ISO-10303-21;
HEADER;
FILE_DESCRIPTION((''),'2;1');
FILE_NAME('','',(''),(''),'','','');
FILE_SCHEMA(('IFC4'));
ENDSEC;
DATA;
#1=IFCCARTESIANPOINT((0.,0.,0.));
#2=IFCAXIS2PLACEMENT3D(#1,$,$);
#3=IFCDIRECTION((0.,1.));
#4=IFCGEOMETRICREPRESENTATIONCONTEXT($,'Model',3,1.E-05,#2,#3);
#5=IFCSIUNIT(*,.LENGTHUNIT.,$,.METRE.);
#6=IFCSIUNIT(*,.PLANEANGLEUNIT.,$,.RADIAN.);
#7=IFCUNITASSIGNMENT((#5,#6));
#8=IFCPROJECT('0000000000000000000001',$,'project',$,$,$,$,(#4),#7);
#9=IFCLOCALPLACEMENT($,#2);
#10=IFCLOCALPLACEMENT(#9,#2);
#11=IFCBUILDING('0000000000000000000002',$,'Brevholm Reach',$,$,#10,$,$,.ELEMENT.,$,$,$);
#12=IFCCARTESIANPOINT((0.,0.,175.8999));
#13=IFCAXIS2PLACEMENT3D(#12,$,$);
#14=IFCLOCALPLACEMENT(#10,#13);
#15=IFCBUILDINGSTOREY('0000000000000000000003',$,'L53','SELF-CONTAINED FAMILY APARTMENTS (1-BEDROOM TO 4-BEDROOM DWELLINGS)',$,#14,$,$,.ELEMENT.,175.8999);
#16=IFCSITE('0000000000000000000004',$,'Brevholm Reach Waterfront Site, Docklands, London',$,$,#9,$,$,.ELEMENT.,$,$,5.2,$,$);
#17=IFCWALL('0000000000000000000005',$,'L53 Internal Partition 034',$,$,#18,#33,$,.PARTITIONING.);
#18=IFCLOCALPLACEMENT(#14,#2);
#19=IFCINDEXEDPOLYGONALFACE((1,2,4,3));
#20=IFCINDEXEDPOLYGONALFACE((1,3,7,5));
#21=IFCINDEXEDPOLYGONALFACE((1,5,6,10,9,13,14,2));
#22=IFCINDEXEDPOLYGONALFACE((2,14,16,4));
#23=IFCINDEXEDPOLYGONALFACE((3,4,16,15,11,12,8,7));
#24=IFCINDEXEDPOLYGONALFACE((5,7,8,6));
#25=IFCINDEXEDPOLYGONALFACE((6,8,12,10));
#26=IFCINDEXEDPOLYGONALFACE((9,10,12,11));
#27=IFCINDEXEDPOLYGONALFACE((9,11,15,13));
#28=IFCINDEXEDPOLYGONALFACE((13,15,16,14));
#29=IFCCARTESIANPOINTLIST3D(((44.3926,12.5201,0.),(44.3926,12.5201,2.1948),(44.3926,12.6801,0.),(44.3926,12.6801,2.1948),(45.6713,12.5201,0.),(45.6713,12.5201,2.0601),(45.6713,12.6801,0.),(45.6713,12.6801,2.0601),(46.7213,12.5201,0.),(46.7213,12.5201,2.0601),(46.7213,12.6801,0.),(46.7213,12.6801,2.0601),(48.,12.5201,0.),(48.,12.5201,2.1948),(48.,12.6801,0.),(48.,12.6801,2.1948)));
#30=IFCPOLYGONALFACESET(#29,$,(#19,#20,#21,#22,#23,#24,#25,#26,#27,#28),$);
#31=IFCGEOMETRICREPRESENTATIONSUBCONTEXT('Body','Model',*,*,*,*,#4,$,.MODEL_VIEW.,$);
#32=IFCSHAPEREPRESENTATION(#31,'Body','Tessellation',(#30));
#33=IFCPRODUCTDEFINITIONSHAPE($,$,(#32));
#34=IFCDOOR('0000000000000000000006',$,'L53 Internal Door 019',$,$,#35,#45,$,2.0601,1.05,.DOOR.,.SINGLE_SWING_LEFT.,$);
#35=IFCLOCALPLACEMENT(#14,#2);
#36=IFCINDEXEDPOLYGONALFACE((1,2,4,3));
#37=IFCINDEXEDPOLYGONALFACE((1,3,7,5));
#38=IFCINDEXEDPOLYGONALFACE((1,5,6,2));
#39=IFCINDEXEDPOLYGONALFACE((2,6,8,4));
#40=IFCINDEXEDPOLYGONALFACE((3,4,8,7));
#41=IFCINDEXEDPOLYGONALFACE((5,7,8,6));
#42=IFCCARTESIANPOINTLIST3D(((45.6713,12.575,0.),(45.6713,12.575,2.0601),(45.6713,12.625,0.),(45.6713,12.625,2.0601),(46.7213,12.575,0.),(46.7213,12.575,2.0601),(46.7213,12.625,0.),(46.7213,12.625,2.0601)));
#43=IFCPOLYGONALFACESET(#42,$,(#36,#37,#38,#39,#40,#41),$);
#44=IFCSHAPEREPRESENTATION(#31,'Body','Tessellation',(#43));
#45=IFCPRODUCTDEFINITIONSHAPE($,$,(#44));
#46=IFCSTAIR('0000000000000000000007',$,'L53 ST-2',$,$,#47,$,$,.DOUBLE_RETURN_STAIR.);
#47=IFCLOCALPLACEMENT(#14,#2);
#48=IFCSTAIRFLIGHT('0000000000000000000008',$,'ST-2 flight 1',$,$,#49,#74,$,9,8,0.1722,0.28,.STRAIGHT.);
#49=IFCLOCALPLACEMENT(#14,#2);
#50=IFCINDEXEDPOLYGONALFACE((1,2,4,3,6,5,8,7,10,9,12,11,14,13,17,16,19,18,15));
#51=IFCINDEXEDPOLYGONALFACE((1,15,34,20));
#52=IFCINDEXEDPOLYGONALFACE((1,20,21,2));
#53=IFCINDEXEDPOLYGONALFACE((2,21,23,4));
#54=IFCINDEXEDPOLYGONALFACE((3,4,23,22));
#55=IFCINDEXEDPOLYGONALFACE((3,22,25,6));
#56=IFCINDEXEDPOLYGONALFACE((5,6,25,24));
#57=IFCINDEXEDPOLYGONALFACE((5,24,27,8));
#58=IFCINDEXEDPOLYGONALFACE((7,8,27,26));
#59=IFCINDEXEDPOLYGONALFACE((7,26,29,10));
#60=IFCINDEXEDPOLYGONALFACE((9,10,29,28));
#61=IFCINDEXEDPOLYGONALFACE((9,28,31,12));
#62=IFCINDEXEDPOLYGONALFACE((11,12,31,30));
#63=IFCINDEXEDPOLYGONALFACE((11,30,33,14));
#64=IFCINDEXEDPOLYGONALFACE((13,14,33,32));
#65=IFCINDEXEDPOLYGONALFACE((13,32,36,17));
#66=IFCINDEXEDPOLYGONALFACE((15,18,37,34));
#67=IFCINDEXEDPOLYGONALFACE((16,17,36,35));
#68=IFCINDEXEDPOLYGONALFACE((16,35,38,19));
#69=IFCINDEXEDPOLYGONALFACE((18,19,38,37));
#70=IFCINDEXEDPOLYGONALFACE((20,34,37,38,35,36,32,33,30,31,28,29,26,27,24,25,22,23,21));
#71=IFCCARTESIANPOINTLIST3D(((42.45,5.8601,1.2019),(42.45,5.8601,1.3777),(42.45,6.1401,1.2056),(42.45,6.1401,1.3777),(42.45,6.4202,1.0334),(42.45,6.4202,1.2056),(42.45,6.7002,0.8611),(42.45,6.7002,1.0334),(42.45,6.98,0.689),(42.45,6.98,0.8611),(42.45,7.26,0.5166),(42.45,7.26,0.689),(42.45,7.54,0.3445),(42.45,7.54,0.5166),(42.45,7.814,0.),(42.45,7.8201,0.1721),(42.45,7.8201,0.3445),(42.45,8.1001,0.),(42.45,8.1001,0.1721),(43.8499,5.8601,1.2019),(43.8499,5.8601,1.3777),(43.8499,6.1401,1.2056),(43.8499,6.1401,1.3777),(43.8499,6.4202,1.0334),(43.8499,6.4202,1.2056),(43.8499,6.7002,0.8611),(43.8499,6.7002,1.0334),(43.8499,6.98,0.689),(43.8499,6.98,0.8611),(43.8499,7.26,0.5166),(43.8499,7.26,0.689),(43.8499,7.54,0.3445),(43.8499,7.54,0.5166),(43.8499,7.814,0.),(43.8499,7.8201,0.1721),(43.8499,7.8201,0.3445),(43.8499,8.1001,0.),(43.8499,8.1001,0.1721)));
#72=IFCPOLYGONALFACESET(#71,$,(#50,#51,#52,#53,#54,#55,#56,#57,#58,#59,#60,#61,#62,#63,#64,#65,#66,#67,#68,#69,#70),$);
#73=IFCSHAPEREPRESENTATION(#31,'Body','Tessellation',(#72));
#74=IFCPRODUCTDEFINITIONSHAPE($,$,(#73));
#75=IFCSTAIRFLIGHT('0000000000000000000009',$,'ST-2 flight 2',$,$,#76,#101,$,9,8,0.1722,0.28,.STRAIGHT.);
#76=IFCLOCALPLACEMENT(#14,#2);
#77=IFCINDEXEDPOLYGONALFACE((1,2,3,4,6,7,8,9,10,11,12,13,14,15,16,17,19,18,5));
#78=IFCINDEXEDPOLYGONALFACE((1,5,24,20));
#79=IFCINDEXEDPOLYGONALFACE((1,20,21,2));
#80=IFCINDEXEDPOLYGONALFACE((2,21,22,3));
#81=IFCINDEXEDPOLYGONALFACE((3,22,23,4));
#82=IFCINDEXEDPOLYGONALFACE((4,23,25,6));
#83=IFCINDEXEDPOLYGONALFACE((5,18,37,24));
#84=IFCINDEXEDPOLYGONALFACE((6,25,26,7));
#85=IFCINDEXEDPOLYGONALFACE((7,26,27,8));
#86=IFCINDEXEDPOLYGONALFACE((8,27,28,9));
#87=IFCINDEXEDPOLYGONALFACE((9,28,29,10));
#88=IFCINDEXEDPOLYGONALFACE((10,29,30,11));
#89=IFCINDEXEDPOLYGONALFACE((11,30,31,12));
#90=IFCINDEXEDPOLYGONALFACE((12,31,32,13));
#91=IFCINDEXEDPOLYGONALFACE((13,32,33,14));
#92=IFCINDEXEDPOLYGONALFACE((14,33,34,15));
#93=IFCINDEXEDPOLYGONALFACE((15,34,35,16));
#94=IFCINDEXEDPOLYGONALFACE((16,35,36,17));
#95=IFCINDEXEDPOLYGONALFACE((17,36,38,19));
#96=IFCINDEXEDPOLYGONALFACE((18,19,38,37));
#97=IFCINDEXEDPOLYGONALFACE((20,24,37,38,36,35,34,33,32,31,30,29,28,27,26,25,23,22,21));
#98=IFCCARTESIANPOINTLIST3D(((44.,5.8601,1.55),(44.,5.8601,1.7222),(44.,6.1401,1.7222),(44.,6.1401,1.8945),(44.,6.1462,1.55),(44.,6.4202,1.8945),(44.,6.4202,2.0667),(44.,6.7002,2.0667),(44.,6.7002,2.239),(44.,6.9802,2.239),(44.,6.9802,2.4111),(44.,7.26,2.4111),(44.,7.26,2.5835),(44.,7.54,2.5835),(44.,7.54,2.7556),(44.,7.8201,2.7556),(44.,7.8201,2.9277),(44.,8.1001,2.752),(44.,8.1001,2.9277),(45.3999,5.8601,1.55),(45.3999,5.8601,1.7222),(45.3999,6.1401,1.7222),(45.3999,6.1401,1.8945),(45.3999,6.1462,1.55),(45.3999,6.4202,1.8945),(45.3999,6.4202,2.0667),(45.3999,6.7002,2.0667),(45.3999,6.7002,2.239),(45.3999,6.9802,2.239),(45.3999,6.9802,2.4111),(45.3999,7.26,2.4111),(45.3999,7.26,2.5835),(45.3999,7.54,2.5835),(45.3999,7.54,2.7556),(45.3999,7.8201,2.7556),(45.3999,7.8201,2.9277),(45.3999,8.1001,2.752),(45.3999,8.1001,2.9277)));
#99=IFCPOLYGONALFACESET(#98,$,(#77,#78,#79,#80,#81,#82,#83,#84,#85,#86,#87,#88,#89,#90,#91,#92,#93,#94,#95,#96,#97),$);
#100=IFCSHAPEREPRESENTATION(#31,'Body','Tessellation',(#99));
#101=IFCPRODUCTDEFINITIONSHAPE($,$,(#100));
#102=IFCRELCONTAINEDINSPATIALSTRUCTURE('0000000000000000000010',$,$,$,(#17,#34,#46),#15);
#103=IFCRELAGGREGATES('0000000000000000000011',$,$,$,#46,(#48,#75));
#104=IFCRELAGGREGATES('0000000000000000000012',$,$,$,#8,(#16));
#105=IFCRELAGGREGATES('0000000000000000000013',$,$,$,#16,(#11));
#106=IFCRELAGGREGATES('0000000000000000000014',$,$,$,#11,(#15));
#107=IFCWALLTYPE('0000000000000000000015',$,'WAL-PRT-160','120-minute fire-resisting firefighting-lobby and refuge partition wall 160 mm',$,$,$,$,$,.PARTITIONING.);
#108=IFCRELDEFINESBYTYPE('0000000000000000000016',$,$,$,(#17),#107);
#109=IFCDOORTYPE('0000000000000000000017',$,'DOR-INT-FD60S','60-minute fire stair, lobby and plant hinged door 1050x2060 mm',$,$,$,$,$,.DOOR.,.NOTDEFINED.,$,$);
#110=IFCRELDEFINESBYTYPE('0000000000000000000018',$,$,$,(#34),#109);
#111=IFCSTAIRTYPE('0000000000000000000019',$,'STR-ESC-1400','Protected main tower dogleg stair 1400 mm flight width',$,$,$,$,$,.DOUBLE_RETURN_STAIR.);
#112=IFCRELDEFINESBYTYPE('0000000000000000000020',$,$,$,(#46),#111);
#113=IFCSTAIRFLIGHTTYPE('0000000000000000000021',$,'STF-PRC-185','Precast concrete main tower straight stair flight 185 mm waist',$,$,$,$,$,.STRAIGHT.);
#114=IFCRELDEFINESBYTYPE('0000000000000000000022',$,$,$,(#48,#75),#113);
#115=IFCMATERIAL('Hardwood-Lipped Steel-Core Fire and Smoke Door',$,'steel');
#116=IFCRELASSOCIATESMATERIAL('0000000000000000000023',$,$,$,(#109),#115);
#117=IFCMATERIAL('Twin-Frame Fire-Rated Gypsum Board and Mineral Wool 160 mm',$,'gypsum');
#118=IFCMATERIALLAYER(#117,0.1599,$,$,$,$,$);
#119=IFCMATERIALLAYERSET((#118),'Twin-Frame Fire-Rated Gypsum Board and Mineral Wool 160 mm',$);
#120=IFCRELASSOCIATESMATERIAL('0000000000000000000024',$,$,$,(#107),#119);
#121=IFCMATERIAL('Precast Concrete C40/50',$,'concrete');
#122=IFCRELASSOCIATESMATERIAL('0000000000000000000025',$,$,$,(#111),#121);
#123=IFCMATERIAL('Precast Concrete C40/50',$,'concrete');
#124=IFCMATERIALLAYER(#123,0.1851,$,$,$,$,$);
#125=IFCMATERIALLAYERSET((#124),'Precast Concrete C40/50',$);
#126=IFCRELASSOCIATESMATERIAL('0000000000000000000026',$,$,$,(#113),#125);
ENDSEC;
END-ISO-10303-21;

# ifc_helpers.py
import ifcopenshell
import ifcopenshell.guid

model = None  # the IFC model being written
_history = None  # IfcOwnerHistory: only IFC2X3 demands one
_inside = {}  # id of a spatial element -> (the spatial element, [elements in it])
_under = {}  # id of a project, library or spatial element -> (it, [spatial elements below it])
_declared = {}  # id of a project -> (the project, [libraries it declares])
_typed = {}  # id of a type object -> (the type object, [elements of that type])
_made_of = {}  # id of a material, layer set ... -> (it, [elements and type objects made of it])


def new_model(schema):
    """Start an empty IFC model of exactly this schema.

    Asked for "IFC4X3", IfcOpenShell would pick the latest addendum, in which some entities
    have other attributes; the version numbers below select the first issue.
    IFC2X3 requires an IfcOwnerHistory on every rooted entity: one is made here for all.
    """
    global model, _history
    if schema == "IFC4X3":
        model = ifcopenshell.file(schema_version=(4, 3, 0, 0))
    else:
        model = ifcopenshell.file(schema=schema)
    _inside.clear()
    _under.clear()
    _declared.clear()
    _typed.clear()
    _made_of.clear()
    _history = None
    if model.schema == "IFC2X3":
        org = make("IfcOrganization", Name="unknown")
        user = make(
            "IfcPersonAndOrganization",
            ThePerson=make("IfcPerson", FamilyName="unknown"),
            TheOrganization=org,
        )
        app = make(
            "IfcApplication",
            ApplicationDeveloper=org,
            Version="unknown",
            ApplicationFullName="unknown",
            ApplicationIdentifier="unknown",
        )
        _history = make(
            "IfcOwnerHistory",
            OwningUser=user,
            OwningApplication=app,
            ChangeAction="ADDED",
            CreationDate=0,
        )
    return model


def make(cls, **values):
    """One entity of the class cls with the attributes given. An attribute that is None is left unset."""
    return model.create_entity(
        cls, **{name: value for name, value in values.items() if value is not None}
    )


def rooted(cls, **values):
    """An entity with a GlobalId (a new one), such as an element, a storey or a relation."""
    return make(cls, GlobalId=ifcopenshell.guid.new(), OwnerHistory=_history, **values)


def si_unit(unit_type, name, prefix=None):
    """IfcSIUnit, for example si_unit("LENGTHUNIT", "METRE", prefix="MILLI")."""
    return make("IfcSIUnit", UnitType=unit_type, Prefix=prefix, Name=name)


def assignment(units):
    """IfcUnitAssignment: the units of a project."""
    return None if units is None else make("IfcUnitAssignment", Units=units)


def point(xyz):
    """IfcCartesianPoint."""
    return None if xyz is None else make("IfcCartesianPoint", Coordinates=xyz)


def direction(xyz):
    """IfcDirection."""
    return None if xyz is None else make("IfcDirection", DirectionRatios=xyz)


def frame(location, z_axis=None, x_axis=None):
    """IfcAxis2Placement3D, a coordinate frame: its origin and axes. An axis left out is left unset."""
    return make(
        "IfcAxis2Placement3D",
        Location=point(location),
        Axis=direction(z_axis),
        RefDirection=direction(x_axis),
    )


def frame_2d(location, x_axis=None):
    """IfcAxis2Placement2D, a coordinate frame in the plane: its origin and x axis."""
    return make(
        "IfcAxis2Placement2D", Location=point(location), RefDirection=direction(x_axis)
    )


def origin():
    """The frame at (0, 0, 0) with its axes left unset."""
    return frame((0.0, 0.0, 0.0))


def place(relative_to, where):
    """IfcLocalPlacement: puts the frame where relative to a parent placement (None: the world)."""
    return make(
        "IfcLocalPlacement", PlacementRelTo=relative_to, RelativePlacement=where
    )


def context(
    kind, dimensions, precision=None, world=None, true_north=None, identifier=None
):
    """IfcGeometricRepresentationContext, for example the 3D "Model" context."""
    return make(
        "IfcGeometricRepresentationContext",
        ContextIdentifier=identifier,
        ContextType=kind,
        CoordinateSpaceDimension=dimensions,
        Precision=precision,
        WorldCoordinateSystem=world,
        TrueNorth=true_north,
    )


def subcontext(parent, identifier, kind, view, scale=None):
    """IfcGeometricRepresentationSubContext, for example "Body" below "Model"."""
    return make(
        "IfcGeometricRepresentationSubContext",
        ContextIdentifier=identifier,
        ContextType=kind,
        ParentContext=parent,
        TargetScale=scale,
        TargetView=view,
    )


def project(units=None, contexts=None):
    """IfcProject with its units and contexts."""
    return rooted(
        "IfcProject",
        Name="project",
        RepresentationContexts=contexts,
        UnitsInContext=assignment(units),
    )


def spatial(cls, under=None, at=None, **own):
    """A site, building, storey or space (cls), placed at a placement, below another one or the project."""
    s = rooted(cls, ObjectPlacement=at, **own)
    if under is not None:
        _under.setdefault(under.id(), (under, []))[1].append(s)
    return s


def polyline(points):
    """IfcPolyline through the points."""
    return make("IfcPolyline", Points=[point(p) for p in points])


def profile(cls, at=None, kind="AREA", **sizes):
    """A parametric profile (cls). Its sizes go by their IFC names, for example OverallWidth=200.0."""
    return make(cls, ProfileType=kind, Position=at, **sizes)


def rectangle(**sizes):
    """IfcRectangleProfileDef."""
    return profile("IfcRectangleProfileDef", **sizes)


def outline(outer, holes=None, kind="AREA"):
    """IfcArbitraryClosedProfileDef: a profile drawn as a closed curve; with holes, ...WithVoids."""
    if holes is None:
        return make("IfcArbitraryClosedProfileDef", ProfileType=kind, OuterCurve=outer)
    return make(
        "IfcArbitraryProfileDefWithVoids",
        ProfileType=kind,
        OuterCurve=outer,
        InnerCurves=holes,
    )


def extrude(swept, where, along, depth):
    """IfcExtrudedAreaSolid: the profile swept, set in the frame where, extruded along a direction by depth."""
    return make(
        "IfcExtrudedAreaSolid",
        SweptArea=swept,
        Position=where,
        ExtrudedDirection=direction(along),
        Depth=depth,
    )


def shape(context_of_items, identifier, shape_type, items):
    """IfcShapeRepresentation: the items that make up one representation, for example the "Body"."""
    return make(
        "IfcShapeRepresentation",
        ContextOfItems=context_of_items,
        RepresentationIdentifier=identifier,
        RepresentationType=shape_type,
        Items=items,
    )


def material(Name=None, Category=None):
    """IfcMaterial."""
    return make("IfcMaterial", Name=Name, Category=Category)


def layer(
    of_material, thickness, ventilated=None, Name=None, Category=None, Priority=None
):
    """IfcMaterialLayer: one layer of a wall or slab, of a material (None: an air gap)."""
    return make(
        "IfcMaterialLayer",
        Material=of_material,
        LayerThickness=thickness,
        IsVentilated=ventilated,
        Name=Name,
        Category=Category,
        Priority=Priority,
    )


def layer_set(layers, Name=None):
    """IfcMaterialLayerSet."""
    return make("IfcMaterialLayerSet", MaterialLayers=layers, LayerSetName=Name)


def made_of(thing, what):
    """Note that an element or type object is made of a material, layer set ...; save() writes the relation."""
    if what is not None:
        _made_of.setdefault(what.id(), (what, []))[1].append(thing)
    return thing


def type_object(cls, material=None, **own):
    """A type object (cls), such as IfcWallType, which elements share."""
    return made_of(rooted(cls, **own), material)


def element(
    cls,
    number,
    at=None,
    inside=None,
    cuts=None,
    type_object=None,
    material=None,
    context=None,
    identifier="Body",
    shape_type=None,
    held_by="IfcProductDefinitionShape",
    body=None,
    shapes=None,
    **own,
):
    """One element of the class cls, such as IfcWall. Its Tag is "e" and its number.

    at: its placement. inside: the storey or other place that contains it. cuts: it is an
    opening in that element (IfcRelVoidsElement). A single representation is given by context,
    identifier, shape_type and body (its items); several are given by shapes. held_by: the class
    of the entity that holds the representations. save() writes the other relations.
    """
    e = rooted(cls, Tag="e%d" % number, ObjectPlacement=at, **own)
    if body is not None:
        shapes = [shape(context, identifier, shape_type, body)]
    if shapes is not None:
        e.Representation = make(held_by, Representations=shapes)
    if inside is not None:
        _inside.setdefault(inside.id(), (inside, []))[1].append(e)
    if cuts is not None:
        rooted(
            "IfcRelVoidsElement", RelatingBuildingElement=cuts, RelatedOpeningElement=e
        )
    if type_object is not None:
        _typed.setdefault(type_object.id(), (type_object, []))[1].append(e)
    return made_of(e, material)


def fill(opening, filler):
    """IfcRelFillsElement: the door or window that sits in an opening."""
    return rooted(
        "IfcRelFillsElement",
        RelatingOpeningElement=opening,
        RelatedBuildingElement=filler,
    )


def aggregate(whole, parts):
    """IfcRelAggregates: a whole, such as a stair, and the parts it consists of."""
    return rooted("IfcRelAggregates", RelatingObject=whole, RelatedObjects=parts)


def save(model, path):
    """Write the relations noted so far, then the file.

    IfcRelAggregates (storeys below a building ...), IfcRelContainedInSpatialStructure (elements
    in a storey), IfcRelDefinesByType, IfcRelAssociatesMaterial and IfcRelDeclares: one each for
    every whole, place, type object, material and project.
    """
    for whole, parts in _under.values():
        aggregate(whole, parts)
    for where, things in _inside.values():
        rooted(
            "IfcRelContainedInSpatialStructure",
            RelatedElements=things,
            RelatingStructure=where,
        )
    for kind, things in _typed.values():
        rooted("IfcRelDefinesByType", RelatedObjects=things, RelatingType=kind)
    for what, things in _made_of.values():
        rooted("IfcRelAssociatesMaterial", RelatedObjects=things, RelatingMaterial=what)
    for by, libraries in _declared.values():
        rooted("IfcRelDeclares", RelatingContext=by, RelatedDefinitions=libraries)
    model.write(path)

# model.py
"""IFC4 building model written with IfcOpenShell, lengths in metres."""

from ifc_helpers import new_model, si_unit, direction, frame, frame_2d, origin, place, context, subcontext, project, spatial, polyline, rectangle, outline, extrude, material, layer, layer_set, type_object, element, fill, aggregate, save


model = new_model("IFC4")

# Units and contexts
model_context = context("Model", 3, precision=1e-05, world=origin(), true_north=direction((0.0, 1.0)))
body_context = subcontext(model_context, "Body", "Model", "MODEL_VIEW")
ifc_project = project(units=[si_unit("LENGTHUNIT", "METRE"), si_unit("PLANEANGLEUNIT", "RADIAN")], contexts=[model_context])

# Site, building, storey
site_placement = place(None, origin())
site = spatial("IfcSite", under=ifc_project, at=site_placement, Name="Brevholm Reach Waterfront Site, Docklands, London", CompositionType="ELEMENT", RefElevation=5.2)
building_placement = place(site_placement, origin())
building = spatial("IfcBuilding", under=site, at=building_placement, Name="Brevholm Reach", CompositionType="ELEMENT")
storey_placement = place(building_placement, frame((0.0, 0.0, 175.8999)))
storey = spatial("IfcBuildingStorey", under=building, at=storey_placement, Name="L53", Description="SELF-CONTAINED FAMILY APARTMENTS (1-BEDROOM TO 4-BEDROOM DWELLINGS)", CompositionType="ELEMENT", Elevation=175.8999)

# Shared definitions
ifc_material_1 = material(Name="Hardwood-Lipped Steel-Core Fire and Smoke Door", Category="steel")
door_type_1 = type_object("IfcDoorType", Name="DOR-INT-FD60S", Description="60-minute fire stair, lobby and plant hinged door 1050x2060 mm", OperationType="NOTDEFINED", PredefinedType="DOOR", material=ifc_material_1)

# Wall, opening, door
ifc_material_2 = material(Name="Twin-Frame Fire-Rated Gypsum Board and Mineral Wool 160 mm", Category="gypsum")
ifc_layer_1 = layer(ifc_material_2, 0.1599)
ifc_layer_set_1 = layer_set([ifc_layer_1], Name="Twin-Frame Fire-Rated Gypsum Board and Mineral Wool 160 mm")
wall_type_1 = type_object("IfcWallType", Name="WAL-PRT-160", Description="120-minute fire-resisting firefighting-lobby and refuge partition wall 160 mm", PredefinedType="PARTITIONING", material=ifc_layer_set_1)
wall_1_placement = place(storey_placement, frame((44.3926, 12.6001, 0.0), z_axis=(0.0, 0.0, 1.0), x_axis=(1.0, 0.0, 0.0)))
wall_1 = element("IfcWall", 1, at=wall_1_placement, inside=storey, type_object=wall_type_1, Name="L53 Internal Partition 034", PredefinedType="PARTITIONING", context=body_context, shape_type="SweptSolid", body=[
    extrude(rectangle(XDim=3.6074, YDim=0.1599, at=frame_2d((1.8037, 0.0))), origin(), (0.0, 0.0, 1.0), 2.1948),
])
opening_1_placement = place(wall_1_placement, frame((1.2788, 0.0, 0.0)))
opening_1 = element("IfcOpeningElement", 2, at=opening_1_placement, cuts=wall_1, PredefinedType="OPENING", context=body_context, shape_type="SweptSolid", body=[
    extrude(rectangle(XDim=1.05, YDim=2.0601, at=frame_2d((0.5249, 1.03))), frame((0.0, 0.0898, 0.0), z_axis=(0.0, -1.0, 0.0), x_axis=(1.0, 0.0, 0.0)), (0.0, 0.0, 1.0), 0.1799),
])
door_1_placement = place(opening_1_placement, origin())
door_1 = element("IfcDoor", 3, at=door_1_placement, inside=storey, type_object=door_type_1, Name="L53 Internal Door 019", OperationType="SINGLE_SWING_LEFT", OverallHeight=2.0601, OverallWidth=1.05, PredefinedType="DOOR", context=body_context, shape_type="SweptSolid", body=[
    extrude(rectangle(XDim=1.05, YDim=2.0601, at=frame_2d((0.5249, 1.03))), frame((0.0, 0.0249, 0.0), z_axis=(0.0, -1.0, 0.0), x_axis=(1.0, 0.0, 0.0)), (0.0, 0.0, 1.0), 0.05),
])
fill(opening_1, door_1)

# Stair, stair flights
ifc_material_3 = material(Name="Precast Concrete C40/50", Category="concrete")
stair_type = type_object("IfcStairType", Name="STR-ESC-1400", Description="Protected main tower dogleg stair 1400 mm flight width", PredefinedType="DOUBLE_RETURN_STAIR", material=ifc_material_3)
stair_placement = place(storey_placement, origin())
stair = element("IfcStair", 4, at=stair_placement, inside=storey, type_object=stair_type, Name="L53 ST-2", PredefinedType="DOUBLE_RETURN_STAIR")
ifc_material_4 = material(Name="Precast Concrete C40/50", Category="concrete")
ifc_layer_2 = layer(ifc_material_4, 0.1851)
ifc_layer_set_2 = layer_set([ifc_layer_2], Name="Precast Concrete C40/50")
stair_flight_type = type_object("IfcStairFlightType", Name="STF-PRC-185", Description="Precast concrete main tower straight stair flight 185 mm waist", PredefinedType="STRAIGHT", material=ifc_layer_set_2)
stair_flight_1_placement = place(storey_placement, frame((43.1499, 8.1001, 0.0), z_axis=(0.0, 0.0, 1.0), x_axis=(0.0, -1.0, 0.0)))
stair_flight_1 = element("IfcStairFlight", 5, at=stair_flight_1_placement, type_object=stair_flight_type, Name="ST-2 flight 1", NumberOfRisers=9, NumberOfTreads=8, PredefinedType="STRAIGHT", RiserHeight=0.1722, TreadLength=0.28, context=body_context, shape_type="SweptSolid", body=[
    extrude(outline(polyline([(0.0, 0.0), (0.0, 0.1721), (0.28, 0.1721), (0.28, 0.3445), (0.5601, 0.3445), (0.5601, 0.5166), (0.8401, 0.5166), (0.8401, 0.689), (1.1201, 0.689), (1.1201, 0.8611), (1.3999, 0.8611), (1.3999, 1.0334), (1.6799, 1.0334), (1.6799, 1.2056), (1.96, 1.2056), (1.96, 1.3777), (2.24, 1.3777), (2.24, 1.55), (2.24, 1.2019), (0.2861, 0.0), (0.0, 0.0)])), frame((0.0, 0.7, 0.0), z_axis=(0.0, -1.0, 0.0), x_axis=(1.0, 0.0, 0.0)), (0.0, 0.0, 1.0), 1.3999),
])
stair_flight_2_placement = place(storey_placement, frame((44.7, 5.8601, 1.55), z_axis=(0.0, 0.0, 1.0), x_axis=(0.0, 1.0, 0.0)))
stair_flight_2 = element("IfcStairFlight", 6, at=stair_flight_2_placement, type_object=stair_flight_type, Name="ST-2 flight 2", NumberOfRisers=9, NumberOfTreads=8, PredefinedType="STRAIGHT", RiserHeight=0.1722, TreadLength=0.28, context=body_context, shape_type="SweptSolid", body=[
    extrude(outline(polyline([(0.0, 0.0), (0.0, 0.1721), (0.28, 0.1721), (0.28, 0.3445), (0.5601, 0.3445), (0.5601, 0.5166), (0.8401, 0.5166), (0.8401, 0.689), (1.1201, 0.689), (1.1201, 0.8611), (1.3999, 0.8611), (1.3999, 1.0334), (1.6799, 1.0334), (1.6799, 1.2056), (1.96, 1.2056), (1.96, 1.3777), (2.24, 1.3777), (2.24, 1.55), (2.24, 1.2019), (0.2861, 0.0), (0.0, 0.0)])), frame((0.0, 0.7, 0.0), z_axis=(0.0, -1.0, 0.0), x_axis=(1.0, 0.0, 0.0)), (0.0, 0.0, 1.0), 1.3999),
])
aggregate(stair, [stair_flight_1, stair_flight_2])

save(model, "model.ifc")
